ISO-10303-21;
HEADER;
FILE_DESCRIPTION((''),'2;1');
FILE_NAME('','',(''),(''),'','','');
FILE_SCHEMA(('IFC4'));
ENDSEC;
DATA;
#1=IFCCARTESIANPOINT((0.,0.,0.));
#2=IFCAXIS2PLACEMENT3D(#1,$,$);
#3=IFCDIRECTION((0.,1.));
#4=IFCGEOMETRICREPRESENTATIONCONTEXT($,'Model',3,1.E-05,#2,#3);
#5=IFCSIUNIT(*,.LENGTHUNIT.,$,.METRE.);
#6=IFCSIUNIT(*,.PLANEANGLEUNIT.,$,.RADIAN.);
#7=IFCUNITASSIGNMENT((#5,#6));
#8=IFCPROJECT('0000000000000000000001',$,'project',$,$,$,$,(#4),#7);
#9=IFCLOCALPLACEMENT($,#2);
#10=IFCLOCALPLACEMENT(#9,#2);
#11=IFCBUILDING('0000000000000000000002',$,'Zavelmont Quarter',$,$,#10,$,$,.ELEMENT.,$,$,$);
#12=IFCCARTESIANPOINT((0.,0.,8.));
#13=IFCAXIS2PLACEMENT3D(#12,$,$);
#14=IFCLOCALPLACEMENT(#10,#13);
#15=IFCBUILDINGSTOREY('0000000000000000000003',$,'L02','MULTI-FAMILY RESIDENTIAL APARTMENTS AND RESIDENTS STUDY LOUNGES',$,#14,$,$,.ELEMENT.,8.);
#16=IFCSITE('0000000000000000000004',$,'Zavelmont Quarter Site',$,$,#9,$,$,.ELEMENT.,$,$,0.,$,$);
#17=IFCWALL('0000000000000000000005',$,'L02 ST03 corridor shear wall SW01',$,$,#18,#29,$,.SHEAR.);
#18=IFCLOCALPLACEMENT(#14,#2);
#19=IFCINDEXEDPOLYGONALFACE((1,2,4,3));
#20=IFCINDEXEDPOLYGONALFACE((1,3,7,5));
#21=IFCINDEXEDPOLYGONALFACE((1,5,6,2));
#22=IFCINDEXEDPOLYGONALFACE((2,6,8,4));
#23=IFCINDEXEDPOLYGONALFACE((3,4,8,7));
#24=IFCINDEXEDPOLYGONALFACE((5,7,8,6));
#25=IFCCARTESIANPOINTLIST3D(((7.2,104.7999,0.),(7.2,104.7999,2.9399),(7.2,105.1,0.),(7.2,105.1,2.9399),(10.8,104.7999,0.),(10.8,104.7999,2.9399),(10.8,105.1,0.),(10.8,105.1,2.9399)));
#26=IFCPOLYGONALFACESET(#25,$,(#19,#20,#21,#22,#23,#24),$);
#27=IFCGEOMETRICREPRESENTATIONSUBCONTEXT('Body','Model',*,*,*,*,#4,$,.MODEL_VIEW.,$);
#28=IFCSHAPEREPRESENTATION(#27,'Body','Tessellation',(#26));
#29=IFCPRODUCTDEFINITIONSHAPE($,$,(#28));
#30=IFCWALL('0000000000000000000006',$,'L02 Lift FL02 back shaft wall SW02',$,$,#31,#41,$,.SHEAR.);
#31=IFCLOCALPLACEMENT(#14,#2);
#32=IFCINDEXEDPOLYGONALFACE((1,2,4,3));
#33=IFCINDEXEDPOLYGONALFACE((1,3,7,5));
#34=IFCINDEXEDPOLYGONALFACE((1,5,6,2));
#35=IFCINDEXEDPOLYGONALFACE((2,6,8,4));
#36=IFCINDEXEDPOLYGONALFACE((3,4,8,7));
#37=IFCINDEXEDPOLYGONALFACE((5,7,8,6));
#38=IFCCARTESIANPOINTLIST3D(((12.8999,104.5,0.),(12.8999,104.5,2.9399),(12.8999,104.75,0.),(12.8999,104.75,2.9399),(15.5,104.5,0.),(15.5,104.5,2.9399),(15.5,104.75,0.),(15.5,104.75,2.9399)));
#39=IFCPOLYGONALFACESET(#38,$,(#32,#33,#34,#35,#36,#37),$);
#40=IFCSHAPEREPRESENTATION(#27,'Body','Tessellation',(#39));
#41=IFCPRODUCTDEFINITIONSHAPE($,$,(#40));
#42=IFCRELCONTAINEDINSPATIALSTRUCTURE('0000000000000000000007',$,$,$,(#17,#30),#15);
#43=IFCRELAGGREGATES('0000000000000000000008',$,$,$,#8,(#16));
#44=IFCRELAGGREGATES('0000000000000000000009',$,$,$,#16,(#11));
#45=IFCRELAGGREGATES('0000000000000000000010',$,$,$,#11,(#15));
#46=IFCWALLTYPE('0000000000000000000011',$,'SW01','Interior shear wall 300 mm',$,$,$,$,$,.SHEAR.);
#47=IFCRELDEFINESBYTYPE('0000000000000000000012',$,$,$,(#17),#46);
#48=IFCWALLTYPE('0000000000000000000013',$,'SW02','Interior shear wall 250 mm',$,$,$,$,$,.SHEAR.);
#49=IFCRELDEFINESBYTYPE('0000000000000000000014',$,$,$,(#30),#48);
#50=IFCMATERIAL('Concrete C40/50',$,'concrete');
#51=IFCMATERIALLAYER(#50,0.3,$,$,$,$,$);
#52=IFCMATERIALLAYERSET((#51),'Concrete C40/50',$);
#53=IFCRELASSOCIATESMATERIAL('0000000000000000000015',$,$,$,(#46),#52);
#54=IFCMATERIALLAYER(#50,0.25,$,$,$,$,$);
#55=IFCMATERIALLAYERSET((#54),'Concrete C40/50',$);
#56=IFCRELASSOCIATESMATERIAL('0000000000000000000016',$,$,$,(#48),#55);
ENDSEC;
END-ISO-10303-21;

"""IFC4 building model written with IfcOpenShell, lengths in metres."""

from ifc_helpers import new_model, si_unit, direction, frame, frame_2d, origin, place, context, subcontext, project, spatial, rectangle, extrude, material, layer, layer_set, type_object, element, save


model = new_model("IFC4")

# Units and contexts
model_context = context("Model", 3, precision=1e-05, world=origin(), true_north=direction((0.0, 1.0)))
body_context = subcontext(model_context, "Body", "Model", "MODEL_VIEW")
ifc_project = project(units=[si_unit("LENGTHUNIT", "METRE"), si_unit("PLANEANGLEUNIT", "RADIAN")], contexts=[model_context])

# Site, building, storey
site_placement = place(None, origin())
site = spatial("IfcSite", under=ifc_project, at=site_placement, Name="Zavelmont Quarter Site", CompositionType="ELEMENT", RefElevation=0.0)
building_placement = place(site_placement, origin())
building = spatial("IfcBuilding", under=site, at=building_placement, Name="Zavelmont Quarter", CompositionType="ELEMENT")
storey_placement = place(building_placement, frame((0.0, 0.0, 8.0)))
storey = spatial("IfcBuildingStorey", under=building, at=storey_placement, Name="L02", Description="MULTI-FAMILY RESIDENTIAL APARTMENTS AND RESIDENTS STUDY LOUNGES", CompositionType="ELEMENT", Elevation=8.0)

# Shared definitions
ifc_material_1 = material(Name="Concrete C40/50", Category="concrete")

# Walls
ifc_layer_1 = layer(ifc_material_1, 0.3)
ifc_layer_set_1 = layer_set([ifc_layer_1], Name="Concrete C40/50")
wall_type_1 = type_object("IfcWallType", Name="SW01", Description="Interior shear wall 300 mm", PredefinedType="SHEAR", material=ifc_layer_set_1)
wall_1_placement = place(storey_placement, frame((7.2, 104.95, 0.0), z_axis=(0.0, 0.0, 1.0), x_axis=(1.0, 0.0, 0.0)))
element("IfcWall", 1, at=wall_1_placement, inside=storey, type_object=wall_type_1, Name="L02 ST03 corridor shear wall SW01", PredefinedType="SHEAR", context=body_context, shape_type="SweptSolid", body=[
    extrude(rectangle(XDim=3.6001, YDim=0.3, at=frame_2d((1.8, 0.0))), origin(), (0.0, 0.0, 1.0), 2.9399),
])
ifc_layer_2 = layer(ifc_material_1, 0.25)
ifc_layer_set_2 = layer_set([ifc_layer_2], Name="Concrete C40/50")
wall_type_2 = type_object("IfcWallType", Name="SW02", Description="Interior shear wall 250 mm", PredefinedType="SHEAR", material=ifc_layer_set_2)
wall_2_placement = place(storey_placement, frame((12.8999, 104.625, 0.0), z_axis=(0.0, 0.0, 1.0), x_axis=(1.0, 0.0, 0.0)))
element("IfcWall", 2, at=wall_2_placement, inside=storey, type_object=wall_type_2, Name="L02 Lift FL02 back shaft wall SW02", PredefinedType="SHEAR", context=body_context, shape_type="SweptSolid", body=[
    extrude(rectangle(XDim=2.6001, YDim=0.25, at=frame_2d((1.3, 0.0))), origin(), (0.0, 0.0, 1.0), 2.9399),
])

save(model, "model.ifc")
